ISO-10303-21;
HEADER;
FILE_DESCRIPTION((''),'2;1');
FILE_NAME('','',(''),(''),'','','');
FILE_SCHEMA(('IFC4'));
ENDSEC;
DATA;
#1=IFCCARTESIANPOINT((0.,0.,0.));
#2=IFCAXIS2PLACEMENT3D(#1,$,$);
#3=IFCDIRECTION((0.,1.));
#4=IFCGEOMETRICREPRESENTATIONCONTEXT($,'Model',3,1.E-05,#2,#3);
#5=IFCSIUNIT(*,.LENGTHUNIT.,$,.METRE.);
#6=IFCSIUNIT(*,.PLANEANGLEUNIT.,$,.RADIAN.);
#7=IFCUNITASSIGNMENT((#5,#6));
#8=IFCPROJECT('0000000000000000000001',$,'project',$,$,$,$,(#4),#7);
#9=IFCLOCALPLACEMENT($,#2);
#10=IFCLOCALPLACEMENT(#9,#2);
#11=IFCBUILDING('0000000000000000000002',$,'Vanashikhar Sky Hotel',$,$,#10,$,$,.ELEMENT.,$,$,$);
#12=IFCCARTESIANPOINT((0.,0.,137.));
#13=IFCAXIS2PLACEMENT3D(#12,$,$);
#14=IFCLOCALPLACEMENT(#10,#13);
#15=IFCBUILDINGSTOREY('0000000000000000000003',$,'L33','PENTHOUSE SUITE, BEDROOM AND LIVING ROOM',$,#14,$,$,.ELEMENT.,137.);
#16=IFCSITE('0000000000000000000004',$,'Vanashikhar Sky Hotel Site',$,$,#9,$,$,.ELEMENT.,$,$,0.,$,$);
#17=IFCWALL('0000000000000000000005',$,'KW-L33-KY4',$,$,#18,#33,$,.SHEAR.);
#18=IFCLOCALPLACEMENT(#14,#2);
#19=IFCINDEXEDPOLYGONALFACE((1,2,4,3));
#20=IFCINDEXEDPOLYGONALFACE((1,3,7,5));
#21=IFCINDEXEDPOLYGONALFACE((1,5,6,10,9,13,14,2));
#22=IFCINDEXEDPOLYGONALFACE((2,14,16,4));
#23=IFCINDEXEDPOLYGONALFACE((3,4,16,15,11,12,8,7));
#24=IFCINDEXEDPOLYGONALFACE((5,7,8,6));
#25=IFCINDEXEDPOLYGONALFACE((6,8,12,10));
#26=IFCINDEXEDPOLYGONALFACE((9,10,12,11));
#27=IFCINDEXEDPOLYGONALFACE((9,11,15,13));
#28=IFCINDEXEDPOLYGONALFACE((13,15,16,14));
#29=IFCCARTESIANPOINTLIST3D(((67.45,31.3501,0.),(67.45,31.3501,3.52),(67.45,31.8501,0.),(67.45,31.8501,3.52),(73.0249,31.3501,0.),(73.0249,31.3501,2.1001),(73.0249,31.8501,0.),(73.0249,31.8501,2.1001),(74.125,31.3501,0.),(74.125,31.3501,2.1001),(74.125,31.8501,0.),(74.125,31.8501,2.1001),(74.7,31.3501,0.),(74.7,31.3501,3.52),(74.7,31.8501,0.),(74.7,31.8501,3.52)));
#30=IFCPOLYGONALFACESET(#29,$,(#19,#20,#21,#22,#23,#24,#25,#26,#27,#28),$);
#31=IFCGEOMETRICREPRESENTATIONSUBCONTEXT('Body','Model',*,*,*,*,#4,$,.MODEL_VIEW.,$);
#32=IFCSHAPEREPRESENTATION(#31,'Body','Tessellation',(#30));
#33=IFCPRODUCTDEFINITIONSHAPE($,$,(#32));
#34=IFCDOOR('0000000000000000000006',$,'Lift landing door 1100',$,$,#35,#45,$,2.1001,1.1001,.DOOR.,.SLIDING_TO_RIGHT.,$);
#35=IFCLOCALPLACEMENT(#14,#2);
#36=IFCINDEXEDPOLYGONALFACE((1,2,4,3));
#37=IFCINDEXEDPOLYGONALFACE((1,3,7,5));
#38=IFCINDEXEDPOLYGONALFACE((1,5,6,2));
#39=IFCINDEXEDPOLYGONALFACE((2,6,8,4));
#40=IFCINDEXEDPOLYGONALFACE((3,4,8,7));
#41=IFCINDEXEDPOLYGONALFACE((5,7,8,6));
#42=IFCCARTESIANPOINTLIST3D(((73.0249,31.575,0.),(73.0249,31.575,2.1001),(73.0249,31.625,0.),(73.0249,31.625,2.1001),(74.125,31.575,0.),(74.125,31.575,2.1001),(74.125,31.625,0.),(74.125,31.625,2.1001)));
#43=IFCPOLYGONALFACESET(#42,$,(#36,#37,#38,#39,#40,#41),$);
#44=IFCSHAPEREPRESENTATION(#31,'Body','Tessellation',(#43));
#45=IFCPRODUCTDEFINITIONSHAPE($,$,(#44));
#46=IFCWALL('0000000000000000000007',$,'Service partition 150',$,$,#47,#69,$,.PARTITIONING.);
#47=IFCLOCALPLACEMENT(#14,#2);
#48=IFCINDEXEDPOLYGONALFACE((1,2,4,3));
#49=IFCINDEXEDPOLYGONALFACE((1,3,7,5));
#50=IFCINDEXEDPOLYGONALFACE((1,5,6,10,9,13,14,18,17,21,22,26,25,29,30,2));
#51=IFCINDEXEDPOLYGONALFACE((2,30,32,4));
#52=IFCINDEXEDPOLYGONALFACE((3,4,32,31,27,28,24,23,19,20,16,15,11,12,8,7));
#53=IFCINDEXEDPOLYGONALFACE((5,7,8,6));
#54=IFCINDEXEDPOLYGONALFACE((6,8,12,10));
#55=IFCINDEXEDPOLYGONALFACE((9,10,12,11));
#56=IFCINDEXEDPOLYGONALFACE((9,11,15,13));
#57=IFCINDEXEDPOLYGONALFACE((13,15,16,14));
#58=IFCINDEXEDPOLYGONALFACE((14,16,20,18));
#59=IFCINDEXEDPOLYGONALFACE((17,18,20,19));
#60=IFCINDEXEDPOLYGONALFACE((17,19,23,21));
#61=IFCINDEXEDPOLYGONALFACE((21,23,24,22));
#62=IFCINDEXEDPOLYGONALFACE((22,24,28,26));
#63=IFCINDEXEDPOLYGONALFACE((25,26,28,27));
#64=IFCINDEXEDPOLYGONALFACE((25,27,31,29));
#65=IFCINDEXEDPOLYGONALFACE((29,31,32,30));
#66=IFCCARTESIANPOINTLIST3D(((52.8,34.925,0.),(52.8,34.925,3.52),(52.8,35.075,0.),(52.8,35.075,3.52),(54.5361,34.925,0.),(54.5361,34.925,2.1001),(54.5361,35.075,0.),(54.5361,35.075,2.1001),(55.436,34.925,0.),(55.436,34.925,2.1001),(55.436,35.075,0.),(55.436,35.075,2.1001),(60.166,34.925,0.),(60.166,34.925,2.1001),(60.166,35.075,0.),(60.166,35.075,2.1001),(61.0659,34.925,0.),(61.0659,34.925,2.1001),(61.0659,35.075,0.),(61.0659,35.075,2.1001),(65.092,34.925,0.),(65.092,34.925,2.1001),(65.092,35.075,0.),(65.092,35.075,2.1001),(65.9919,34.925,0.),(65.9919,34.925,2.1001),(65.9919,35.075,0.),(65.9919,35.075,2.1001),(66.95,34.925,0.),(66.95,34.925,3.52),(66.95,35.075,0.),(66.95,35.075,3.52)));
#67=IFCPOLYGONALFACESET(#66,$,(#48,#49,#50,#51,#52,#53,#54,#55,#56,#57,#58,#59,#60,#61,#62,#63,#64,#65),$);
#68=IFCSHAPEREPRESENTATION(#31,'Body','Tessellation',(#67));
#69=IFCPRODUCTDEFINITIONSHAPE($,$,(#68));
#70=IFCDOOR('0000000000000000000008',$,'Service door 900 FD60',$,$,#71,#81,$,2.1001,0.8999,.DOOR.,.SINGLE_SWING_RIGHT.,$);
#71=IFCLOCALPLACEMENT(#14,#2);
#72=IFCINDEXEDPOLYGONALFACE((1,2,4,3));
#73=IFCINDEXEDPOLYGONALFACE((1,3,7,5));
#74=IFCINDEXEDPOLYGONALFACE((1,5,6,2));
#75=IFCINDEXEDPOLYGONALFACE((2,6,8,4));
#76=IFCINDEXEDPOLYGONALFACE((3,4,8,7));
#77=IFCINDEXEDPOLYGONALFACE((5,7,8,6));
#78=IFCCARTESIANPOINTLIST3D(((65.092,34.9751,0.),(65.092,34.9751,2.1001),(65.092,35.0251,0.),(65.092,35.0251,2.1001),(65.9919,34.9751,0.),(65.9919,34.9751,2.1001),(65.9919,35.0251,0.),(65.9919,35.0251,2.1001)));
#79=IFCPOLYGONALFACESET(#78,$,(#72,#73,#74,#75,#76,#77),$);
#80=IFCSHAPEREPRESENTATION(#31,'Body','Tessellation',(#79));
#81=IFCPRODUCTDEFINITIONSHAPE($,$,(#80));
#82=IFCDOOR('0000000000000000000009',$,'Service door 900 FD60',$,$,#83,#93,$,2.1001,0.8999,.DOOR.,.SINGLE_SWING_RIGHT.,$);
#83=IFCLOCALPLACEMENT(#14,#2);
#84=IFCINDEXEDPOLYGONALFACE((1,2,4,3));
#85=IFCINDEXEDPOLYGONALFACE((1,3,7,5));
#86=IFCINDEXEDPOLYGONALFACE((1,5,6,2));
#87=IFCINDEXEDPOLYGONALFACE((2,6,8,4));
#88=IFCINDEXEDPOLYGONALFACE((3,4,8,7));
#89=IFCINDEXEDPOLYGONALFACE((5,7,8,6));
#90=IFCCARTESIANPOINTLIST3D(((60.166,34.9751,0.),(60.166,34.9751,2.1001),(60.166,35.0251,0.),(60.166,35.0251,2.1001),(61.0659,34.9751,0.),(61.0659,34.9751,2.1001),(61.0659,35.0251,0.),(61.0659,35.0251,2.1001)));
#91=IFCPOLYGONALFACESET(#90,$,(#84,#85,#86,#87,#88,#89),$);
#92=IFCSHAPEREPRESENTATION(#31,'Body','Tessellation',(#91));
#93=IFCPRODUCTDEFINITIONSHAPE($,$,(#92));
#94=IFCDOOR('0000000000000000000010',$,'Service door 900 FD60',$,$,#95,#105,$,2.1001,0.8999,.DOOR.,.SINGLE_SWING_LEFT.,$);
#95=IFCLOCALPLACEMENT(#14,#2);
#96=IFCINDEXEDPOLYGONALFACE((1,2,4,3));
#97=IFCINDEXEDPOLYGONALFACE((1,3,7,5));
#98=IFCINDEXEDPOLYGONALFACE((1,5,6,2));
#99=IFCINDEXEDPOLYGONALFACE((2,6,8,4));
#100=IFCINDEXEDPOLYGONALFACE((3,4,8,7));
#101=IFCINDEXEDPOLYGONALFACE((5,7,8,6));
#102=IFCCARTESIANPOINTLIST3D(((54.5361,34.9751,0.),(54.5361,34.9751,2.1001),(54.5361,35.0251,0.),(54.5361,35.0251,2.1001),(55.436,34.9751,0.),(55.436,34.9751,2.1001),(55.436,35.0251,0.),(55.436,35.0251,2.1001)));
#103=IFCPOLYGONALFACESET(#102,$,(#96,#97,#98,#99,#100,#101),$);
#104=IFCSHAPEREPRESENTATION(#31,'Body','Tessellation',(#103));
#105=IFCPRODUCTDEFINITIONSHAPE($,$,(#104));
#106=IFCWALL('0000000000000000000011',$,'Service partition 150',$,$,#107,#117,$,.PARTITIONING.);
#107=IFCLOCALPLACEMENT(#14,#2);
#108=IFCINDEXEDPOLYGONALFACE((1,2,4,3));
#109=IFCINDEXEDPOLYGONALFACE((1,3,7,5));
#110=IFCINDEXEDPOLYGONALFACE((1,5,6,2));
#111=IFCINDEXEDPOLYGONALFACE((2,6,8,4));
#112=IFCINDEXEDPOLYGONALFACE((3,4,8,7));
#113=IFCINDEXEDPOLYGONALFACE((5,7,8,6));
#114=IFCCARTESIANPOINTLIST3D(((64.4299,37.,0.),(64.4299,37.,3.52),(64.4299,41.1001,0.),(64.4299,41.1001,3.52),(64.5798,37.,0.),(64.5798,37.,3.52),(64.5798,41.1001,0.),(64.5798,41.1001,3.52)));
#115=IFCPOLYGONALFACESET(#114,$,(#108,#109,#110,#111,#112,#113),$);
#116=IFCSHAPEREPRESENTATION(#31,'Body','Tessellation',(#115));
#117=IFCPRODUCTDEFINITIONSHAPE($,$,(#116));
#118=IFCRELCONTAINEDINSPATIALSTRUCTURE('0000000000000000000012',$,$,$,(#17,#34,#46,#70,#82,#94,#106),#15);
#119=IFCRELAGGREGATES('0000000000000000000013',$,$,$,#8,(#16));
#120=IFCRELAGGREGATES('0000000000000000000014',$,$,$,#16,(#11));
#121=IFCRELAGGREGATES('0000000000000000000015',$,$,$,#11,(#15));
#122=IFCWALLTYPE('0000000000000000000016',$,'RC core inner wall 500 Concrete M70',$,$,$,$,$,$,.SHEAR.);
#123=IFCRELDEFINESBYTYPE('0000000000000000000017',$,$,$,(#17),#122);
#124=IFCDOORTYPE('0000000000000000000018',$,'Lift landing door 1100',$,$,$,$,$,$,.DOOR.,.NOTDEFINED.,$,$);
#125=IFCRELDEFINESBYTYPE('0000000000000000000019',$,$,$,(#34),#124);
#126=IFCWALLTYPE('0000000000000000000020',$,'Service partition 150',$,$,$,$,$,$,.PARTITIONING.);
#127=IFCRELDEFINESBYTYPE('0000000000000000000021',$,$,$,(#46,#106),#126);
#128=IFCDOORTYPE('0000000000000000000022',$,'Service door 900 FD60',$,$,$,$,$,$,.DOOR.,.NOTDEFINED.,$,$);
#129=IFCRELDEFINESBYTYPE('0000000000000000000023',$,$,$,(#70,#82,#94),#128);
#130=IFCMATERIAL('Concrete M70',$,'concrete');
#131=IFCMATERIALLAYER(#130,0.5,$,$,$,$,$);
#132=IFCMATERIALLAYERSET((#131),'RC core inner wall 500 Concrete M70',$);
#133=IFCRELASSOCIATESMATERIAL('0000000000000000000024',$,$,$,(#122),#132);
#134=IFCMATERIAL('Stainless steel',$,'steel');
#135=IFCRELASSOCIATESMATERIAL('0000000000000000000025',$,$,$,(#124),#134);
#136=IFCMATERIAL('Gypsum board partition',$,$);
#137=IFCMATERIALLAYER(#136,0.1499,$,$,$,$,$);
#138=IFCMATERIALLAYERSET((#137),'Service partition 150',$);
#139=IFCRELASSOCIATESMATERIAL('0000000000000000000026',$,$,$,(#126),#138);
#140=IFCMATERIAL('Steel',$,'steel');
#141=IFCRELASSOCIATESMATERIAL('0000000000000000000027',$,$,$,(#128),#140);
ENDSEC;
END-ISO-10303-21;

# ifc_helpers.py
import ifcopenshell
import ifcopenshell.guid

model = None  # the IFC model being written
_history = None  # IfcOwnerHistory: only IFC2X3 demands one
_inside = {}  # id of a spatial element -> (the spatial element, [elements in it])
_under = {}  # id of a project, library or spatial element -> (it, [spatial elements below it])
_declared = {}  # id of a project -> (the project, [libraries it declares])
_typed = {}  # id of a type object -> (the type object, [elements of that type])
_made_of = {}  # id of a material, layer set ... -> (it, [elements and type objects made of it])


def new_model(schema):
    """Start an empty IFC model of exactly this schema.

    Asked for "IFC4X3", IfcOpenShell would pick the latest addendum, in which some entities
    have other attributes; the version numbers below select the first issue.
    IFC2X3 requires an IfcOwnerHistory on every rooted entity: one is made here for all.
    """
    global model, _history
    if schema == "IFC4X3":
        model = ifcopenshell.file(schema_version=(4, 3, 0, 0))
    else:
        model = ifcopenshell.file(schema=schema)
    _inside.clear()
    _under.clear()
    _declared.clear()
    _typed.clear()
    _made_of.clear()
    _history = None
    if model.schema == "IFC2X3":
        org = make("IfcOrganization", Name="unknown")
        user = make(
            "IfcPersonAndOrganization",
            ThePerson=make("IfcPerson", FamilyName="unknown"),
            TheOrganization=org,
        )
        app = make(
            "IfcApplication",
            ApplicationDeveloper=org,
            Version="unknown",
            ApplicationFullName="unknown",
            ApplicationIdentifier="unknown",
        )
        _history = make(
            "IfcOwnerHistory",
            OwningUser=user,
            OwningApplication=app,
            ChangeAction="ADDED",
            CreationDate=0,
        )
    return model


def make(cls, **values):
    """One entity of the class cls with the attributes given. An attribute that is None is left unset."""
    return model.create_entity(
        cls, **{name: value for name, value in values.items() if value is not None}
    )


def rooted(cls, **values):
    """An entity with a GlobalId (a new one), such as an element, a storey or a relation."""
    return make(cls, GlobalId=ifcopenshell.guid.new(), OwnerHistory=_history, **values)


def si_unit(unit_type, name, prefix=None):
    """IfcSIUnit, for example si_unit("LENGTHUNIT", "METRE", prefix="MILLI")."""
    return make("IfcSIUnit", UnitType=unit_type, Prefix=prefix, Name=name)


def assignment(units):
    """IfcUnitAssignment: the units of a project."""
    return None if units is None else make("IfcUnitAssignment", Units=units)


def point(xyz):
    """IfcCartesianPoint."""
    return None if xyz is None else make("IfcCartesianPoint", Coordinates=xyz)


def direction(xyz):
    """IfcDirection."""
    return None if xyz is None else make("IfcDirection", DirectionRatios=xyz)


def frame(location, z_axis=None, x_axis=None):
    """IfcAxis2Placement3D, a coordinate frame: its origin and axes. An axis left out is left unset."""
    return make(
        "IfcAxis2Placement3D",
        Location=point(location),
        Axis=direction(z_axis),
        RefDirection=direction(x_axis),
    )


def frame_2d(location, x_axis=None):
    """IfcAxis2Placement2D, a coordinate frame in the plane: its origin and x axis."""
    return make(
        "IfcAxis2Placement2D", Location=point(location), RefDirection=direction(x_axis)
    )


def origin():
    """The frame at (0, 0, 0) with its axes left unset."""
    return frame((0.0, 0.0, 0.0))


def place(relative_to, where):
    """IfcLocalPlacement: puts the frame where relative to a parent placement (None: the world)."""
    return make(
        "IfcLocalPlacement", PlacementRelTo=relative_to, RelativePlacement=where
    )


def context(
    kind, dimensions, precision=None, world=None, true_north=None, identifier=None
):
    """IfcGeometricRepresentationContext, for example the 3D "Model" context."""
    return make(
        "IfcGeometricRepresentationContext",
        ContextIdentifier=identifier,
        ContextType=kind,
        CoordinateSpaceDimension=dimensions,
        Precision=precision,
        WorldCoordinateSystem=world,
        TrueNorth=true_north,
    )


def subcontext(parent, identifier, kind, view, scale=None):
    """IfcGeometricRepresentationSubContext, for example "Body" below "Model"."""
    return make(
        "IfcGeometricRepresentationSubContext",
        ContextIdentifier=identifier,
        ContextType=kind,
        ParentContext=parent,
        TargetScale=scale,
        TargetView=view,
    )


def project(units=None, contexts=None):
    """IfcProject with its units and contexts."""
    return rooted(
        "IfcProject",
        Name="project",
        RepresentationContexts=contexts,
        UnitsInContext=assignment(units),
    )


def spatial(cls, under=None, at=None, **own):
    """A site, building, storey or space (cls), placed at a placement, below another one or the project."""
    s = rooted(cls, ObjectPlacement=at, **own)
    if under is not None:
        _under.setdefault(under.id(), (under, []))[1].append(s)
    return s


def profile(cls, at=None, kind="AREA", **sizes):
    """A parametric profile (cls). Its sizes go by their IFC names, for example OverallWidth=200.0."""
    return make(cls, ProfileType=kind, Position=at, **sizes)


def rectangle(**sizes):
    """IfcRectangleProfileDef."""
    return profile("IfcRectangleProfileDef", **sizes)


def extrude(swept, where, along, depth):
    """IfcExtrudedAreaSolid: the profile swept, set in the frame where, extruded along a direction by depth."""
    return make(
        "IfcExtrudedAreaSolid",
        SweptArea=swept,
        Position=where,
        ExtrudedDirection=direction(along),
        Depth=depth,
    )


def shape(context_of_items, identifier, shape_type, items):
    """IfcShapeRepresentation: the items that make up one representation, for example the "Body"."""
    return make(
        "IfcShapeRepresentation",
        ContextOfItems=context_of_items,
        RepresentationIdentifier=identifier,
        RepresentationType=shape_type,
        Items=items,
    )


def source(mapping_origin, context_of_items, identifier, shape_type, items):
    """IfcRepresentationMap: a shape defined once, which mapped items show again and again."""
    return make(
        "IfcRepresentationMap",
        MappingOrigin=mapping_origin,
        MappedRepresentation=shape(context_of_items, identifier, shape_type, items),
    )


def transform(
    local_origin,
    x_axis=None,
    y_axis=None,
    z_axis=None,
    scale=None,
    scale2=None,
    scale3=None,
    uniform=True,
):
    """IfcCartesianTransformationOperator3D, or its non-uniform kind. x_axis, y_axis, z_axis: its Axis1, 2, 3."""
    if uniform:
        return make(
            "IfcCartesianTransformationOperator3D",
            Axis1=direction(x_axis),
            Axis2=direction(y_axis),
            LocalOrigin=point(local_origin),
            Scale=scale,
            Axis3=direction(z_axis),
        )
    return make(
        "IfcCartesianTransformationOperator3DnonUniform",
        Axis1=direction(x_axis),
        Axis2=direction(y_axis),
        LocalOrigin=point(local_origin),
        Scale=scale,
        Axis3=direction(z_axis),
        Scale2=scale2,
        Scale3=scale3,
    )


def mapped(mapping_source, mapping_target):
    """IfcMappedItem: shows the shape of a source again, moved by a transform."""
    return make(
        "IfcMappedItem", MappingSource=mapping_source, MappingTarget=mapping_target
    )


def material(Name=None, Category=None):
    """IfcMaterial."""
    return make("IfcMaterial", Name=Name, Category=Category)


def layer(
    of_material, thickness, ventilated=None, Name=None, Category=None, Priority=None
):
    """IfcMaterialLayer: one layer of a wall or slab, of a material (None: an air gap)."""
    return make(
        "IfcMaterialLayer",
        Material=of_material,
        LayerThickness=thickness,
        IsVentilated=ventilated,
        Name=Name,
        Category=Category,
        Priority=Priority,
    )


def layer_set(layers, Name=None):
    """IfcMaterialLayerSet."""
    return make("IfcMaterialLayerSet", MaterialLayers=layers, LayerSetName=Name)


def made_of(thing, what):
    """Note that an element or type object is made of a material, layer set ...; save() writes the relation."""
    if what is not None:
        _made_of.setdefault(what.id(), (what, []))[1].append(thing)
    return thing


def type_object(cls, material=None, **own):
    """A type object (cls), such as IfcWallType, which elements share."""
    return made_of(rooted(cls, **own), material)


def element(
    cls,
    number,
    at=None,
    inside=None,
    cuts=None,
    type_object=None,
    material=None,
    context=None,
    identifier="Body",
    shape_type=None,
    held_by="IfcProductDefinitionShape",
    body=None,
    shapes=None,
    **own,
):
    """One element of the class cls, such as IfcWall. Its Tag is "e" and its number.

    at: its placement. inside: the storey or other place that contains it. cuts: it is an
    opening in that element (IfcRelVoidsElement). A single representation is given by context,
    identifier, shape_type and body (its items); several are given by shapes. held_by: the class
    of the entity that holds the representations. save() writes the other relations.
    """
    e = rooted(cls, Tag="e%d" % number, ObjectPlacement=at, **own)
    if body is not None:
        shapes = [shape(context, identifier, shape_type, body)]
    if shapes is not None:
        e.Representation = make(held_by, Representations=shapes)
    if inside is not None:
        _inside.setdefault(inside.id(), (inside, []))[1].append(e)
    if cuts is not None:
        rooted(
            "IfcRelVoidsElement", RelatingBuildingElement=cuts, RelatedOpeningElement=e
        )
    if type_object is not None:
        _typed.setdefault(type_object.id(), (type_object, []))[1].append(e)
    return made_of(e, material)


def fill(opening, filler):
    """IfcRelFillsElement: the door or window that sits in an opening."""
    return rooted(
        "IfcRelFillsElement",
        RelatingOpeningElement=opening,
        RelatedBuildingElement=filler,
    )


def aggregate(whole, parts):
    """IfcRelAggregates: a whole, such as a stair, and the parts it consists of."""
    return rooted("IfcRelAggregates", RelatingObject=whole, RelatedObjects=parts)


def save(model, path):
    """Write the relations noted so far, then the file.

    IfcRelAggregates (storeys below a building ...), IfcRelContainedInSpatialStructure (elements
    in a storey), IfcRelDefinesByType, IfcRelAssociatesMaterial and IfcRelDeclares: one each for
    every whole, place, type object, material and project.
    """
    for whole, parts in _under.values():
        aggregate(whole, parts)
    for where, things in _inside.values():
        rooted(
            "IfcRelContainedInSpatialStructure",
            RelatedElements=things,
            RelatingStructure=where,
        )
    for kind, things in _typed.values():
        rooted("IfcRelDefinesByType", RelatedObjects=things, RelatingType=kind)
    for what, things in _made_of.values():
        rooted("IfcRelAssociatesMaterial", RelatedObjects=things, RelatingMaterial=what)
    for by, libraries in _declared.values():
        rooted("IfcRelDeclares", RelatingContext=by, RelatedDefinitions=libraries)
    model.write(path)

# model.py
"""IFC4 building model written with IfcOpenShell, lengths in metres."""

from ifc_helpers import new_model, si_unit, direction, frame, frame_2d, origin, place, context, subcontext, project, spatial, rectangle, extrude, source, transform, mapped, material, layer, layer_set, type_object, element, fill, save


model = new_model("IFC4")

# Units and contexts
model_context = context("Model", 3, precision=1e-05, world=origin(), true_north=direction((0.0, 1.0)))
body_context = subcontext(model_context, "Body", "Model", "MODEL_VIEW")
ifc_project = project(units=[si_unit("LENGTHUNIT", "METRE"), si_unit("PLANEANGLEUNIT", "RADIAN")], contexts=[model_context])

# Site, building, storey
site_placement = place(None, origin())
site = spatial("IfcSite", under=ifc_project, at=site_placement, Name="Vanashikhar Sky Hotel Site", CompositionType="ELEMENT", RefElevation=0.0)
building_placement = place(site_placement, origin())
building = spatial("IfcBuilding", under=site, at=building_placement, Name="Vanashikhar Sky Hotel", CompositionType="ELEMENT")
storey_placement = place(building_placement, frame((0.0, 0.0, 137.0)))
storey = spatial("IfcBuildingStorey", under=building, at=storey_placement, Name="L33", Description="PENTHOUSE SUITE, BEDROOM AND LIVING ROOM", CompositionType="ELEMENT", Elevation=137.0)

# Wall, opening, door
ifc_material_1 = material(Name="Concrete M70", Category="concrete")
ifc_layer_1 = layer(ifc_material_1, 0.5)
ifc_layer_set_1 = layer_set([ifc_layer_1], Name="RC core inner wall 500 Concrete M70")
wall_type_1 = type_object("IfcWallType", Name="RC core inner wall 500 Concrete M70", PredefinedType="SHEAR", material=ifc_layer_set_1)
shared_shape_1 = source(origin(), body_context, "Body", "SweptSolid", [
    extrude(rectangle(XDim=7.25, YDim=0.5, at=frame_2d((3.625, 0.0))), origin(), (0.0, 0.0, 1.0), 3.52),
])
wall_1_placement = place(storey_placement, frame((67.45, 31.6001, 0.0), z_axis=(0.0, 0.0, 1.0), x_axis=(1.0, 0.0, 0.0)))
wall_1 = element("IfcWall", 1, at=wall_1_placement, inside=storey, type_object=wall_type_1, Name="KW-L33-KY4", PredefinedType="SHEAR", context=body_context, shape_type="MappedRepresentation", body=[
    mapped(shared_shape_1, transform((0.0, 0.0, 0.0), scale=1.0)),
])
shared_shape_2 = source(origin(), body_context, "Body", "SweptSolid", [
    extrude(rectangle(XDim=1.1001, YDim=2.1001, at=frame_2d((0.55, 1.05))), frame((0.0, 0.26, 0.0), z_axis=(0.0, -1.0, 0.0), x_axis=(1.0, 0.0, 0.0)), (0.0, 0.0, 1.0), 0.52),
])
opening_1_placement = place(wall_1_placement, frame((5.575, 0.0, 0.0)))
opening_1 = element("IfcOpeningElement", 2, at=opening_1_placement, cuts=wall_1, PredefinedType="OPENING", context=body_context, shape_type="MappedRepresentation", body=[
    mapped(shared_shape_2, transform((0.0, 0.0, 0.0), scale=1.0)),
])
ifc_material_2 = material(Name="Stainless steel", Category="steel")
door_type_1 = type_object("IfcDoorType", Name="Lift landing door 1100", OperationType="NOTDEFINED", PredefinedType="DOOR", material=ifc_material_2)
shared_shape_3 = source(origin(), body_context, "Body", "SweptSolid", [
    extrude(rectangle(XDim=1.1001, YDim=2.1001, at=frame_2d((0.55, 1.05))), frame((0.0, 0.0249, 0.0), z_axis=(0.0, -1.0, 0.0), x_axis=(1.0, 0.0, 0.0)), (0.0, 0.0, 1.0), 0.05),
])
door_1_placement = place(opening_1_placement, origin())
door_1 = element("IfcDoor", 3, at=door_1_placement, inside=storey, type_object=door_type_1, Name="Lift landing door 1100", OperationType="SLIDING_TO_RIGHT", OverallHeight=2.1001, OverallWidth=1.1001, PredefinedType="DOOR", context=body_context, shape_type="MappedRepresentation", body=[
    mapped(shared_shape_3, transform((0.0, 0.0, 0.0), scale=1.0)),
])
fill(opening_1, door_1)

# Wall, openings, doors
ifc_material_3 = material(Name="Gypsum board partition")
ifc_layer_2 = layer(ifc_material_3, 0.1499)
ifc_layer_set_2 = layer_set([ifc_layer_2], Name="Service partition 150")
wall_type_2 = type_object("IfcWallType", Name="Service partition 150", PredefinedType="PARTITIONING", material=ifc_layer_set_2)
shared_shape_4 = source(origin(), body_context, "Body", "SweptSolid", [
    extrude(rectangle(XDim=14.1499, YDim=0.1499, at=frame_2d((7.075, 0.0))), origin(), (0.0, 0.0, 1.0), 3.52),
])
wall_2_placement = place(storey_placement, frame((66.95, 35.0, 0.0), z_axis=(0.0, 0.0, 1.0), x_axis=(-1.0, 0.0, 0.0)))
wall_2 = element("IfcWall", 4, at=wall_2_placement, inside=storey, type_object=wall_type_2, Name="Service partition 150", PredefinedType="PARTITIONING", context=body_context, shape_type="MappedRepresentation", body=[
    mapped(shared_shape_4, transform((0.0, 0.0, 0.0), scale=1.0)),
])
shared_shape_5 = source(origin(), body_context, "Body", "SweptSolid", [
    extrude(rectangle(XDim=0.8999, YDim=2.1001, at=frame_2d((0.45, 1.05))), frame((0.0, 0.085, 0.0), z_axis=(0.0, -1.0, 0.0), x_axis=(1.0, 0.0, 0.0)), (0.0, 0.0, 1.0), 0.1699),
])
opening_2_placement = place(wall_2_placement, frame((0.958, 0.0, 0.0)))
opening_2 = element("IfcOpeningElement", 5, at=opening_2_placement, cuts=wall_2, PredefinedType="OPENING", context=body_context, shape_type="MappedRepresentation", body=[
    mapped(shared_shape_5, transform((0.0, 0.0, 0.0), scale=1.0)),
])
opening_3_placement = place(wall_2_placement, frame((5.884, 0.0, 0.0)))
opening_3 = element("IfcOpeningElement", 6, at=opening_3_placement, cuts=wall_2, PredefinedType="OPENING", context=body_context, shape_type="MappedRepresentation", body=[
    mapped(shared_shape_5, transform((0.0, 0.0, 0.0), scale=1.0)),
])
opening_4_placement = place(wall_2_placement, frame((11.5139, 0.0, 0.0)))
opening_4 = element("IfcOpeningElement", 7, at=opening_4_placement, cuts=wall_2, PredefinedType="OPENING", context=body_context, shape_type="MappedRepresentation", body=[
    mapped(shared_shape_5, transform((0.0, 0.0, 0.0), scale=1.0)),
])
ifc_material_4 = material(Name="Steel", Category="steel")
door_type_2 = type_object("IfcDoorType", Name="Service door 900 FD60", OperationType="NOTDEFINED", PredefinedType="DOOR", material=ifc_material_4)
shared_shape_6 = source(origin(), body_context, "Body", "SweptSolid", [
    extrude(rectangle(XDim=0.8999, YDim=2.1001, at=frame_2d((0.45, 1.05))), frame((0.0, 0.0249, 0.0), z_axis=(0.0, -1.0, 0.0), x_axis=(1.0, 0.0, 0.0)), (0.0, 0.0, 1.0), 0.05),
])
door_2_placement = place(opening_2_placement, origin())
door_2 = element("IfcDoor", 8, at=door_2_placement, inside=storey, type_object=door_type_2, Name="Service door 900 FD60", OperationType="SINGLE_SWING_RIGHT", OverallHeight=2.1001, OverallWidth=0.8999, PredefinedType="DOOR", context=body_context, shape_type="MappedRepresentation", body=[
    mapped(shared_shape_6, transform((0.0, 0.0, 0.0), scale=1.0)),
])
fill(opening_2, door_2)
door_3_placement = place(opening_3_placement, origin())
door_3 = element("IfcDoor", 9, at=door_3_placement, inside=storey, type_object=door_type_2, Name="Service door 900 FD60", OperationType="SINGLE_SWING_RIGHT", OverallHeight=2.1001, OverallWidth=0.8999, PredefinedType="DOOR", context=body_context, shape_type="MappedRepresentation", body=[
    mapped(shared_shape_6, transform((0.0, 0.0, 0.0), scale=1.0)),
])
fill(opening_3, door_3)
door_4_placement = place(opening_4_placement, origin())
door_4 = element("IfcDoor", 10, at=door_4_placement, inside=storey, type_object=door_type_2, Name="Service door 900 FD60", OperationType="SINGLE_SWING_LEFT", OverallHeight=2.1001, OverallWidth=0.8999, PredefinedType="DOOR", context=body_context, shape_type="MappedRepresentation", body=[
    mapped(shared_shape_6, transform((0.0, 0.0, 0.0), scale=1.0)),
])
fill(opening_4, door_4)

# Wall
shared_shape_7 = source(origin(), body_context, "Body", "SweptSolid", [
    extrude(rectangle(XDim=4.1001, YDim=0.1499, at=frame_2d((2.05, 0.0))), origin(), (0.0, 0.0, 1.0), 3.52),
])
wall_3_placement = place(storey_placement, frame((64.5049, 37.0, 0.0), z_axis=(0.0, 0.0, 1.0), x_axis=(0.0, 1.0, 0.0)))
element("IfcWall", 11, at=wall_3_placement, inside=storey, type_object=wall_type_2, Name="Service partition 150", PredefinedType="PARTITIONING", context=body_context, shape_type="MappedRepresentation", body=[
    mapped(shared_shape_7, transform((0.0, 0.0, 0.0), scale=1.0)),
])

save(model, "model.ifc")
